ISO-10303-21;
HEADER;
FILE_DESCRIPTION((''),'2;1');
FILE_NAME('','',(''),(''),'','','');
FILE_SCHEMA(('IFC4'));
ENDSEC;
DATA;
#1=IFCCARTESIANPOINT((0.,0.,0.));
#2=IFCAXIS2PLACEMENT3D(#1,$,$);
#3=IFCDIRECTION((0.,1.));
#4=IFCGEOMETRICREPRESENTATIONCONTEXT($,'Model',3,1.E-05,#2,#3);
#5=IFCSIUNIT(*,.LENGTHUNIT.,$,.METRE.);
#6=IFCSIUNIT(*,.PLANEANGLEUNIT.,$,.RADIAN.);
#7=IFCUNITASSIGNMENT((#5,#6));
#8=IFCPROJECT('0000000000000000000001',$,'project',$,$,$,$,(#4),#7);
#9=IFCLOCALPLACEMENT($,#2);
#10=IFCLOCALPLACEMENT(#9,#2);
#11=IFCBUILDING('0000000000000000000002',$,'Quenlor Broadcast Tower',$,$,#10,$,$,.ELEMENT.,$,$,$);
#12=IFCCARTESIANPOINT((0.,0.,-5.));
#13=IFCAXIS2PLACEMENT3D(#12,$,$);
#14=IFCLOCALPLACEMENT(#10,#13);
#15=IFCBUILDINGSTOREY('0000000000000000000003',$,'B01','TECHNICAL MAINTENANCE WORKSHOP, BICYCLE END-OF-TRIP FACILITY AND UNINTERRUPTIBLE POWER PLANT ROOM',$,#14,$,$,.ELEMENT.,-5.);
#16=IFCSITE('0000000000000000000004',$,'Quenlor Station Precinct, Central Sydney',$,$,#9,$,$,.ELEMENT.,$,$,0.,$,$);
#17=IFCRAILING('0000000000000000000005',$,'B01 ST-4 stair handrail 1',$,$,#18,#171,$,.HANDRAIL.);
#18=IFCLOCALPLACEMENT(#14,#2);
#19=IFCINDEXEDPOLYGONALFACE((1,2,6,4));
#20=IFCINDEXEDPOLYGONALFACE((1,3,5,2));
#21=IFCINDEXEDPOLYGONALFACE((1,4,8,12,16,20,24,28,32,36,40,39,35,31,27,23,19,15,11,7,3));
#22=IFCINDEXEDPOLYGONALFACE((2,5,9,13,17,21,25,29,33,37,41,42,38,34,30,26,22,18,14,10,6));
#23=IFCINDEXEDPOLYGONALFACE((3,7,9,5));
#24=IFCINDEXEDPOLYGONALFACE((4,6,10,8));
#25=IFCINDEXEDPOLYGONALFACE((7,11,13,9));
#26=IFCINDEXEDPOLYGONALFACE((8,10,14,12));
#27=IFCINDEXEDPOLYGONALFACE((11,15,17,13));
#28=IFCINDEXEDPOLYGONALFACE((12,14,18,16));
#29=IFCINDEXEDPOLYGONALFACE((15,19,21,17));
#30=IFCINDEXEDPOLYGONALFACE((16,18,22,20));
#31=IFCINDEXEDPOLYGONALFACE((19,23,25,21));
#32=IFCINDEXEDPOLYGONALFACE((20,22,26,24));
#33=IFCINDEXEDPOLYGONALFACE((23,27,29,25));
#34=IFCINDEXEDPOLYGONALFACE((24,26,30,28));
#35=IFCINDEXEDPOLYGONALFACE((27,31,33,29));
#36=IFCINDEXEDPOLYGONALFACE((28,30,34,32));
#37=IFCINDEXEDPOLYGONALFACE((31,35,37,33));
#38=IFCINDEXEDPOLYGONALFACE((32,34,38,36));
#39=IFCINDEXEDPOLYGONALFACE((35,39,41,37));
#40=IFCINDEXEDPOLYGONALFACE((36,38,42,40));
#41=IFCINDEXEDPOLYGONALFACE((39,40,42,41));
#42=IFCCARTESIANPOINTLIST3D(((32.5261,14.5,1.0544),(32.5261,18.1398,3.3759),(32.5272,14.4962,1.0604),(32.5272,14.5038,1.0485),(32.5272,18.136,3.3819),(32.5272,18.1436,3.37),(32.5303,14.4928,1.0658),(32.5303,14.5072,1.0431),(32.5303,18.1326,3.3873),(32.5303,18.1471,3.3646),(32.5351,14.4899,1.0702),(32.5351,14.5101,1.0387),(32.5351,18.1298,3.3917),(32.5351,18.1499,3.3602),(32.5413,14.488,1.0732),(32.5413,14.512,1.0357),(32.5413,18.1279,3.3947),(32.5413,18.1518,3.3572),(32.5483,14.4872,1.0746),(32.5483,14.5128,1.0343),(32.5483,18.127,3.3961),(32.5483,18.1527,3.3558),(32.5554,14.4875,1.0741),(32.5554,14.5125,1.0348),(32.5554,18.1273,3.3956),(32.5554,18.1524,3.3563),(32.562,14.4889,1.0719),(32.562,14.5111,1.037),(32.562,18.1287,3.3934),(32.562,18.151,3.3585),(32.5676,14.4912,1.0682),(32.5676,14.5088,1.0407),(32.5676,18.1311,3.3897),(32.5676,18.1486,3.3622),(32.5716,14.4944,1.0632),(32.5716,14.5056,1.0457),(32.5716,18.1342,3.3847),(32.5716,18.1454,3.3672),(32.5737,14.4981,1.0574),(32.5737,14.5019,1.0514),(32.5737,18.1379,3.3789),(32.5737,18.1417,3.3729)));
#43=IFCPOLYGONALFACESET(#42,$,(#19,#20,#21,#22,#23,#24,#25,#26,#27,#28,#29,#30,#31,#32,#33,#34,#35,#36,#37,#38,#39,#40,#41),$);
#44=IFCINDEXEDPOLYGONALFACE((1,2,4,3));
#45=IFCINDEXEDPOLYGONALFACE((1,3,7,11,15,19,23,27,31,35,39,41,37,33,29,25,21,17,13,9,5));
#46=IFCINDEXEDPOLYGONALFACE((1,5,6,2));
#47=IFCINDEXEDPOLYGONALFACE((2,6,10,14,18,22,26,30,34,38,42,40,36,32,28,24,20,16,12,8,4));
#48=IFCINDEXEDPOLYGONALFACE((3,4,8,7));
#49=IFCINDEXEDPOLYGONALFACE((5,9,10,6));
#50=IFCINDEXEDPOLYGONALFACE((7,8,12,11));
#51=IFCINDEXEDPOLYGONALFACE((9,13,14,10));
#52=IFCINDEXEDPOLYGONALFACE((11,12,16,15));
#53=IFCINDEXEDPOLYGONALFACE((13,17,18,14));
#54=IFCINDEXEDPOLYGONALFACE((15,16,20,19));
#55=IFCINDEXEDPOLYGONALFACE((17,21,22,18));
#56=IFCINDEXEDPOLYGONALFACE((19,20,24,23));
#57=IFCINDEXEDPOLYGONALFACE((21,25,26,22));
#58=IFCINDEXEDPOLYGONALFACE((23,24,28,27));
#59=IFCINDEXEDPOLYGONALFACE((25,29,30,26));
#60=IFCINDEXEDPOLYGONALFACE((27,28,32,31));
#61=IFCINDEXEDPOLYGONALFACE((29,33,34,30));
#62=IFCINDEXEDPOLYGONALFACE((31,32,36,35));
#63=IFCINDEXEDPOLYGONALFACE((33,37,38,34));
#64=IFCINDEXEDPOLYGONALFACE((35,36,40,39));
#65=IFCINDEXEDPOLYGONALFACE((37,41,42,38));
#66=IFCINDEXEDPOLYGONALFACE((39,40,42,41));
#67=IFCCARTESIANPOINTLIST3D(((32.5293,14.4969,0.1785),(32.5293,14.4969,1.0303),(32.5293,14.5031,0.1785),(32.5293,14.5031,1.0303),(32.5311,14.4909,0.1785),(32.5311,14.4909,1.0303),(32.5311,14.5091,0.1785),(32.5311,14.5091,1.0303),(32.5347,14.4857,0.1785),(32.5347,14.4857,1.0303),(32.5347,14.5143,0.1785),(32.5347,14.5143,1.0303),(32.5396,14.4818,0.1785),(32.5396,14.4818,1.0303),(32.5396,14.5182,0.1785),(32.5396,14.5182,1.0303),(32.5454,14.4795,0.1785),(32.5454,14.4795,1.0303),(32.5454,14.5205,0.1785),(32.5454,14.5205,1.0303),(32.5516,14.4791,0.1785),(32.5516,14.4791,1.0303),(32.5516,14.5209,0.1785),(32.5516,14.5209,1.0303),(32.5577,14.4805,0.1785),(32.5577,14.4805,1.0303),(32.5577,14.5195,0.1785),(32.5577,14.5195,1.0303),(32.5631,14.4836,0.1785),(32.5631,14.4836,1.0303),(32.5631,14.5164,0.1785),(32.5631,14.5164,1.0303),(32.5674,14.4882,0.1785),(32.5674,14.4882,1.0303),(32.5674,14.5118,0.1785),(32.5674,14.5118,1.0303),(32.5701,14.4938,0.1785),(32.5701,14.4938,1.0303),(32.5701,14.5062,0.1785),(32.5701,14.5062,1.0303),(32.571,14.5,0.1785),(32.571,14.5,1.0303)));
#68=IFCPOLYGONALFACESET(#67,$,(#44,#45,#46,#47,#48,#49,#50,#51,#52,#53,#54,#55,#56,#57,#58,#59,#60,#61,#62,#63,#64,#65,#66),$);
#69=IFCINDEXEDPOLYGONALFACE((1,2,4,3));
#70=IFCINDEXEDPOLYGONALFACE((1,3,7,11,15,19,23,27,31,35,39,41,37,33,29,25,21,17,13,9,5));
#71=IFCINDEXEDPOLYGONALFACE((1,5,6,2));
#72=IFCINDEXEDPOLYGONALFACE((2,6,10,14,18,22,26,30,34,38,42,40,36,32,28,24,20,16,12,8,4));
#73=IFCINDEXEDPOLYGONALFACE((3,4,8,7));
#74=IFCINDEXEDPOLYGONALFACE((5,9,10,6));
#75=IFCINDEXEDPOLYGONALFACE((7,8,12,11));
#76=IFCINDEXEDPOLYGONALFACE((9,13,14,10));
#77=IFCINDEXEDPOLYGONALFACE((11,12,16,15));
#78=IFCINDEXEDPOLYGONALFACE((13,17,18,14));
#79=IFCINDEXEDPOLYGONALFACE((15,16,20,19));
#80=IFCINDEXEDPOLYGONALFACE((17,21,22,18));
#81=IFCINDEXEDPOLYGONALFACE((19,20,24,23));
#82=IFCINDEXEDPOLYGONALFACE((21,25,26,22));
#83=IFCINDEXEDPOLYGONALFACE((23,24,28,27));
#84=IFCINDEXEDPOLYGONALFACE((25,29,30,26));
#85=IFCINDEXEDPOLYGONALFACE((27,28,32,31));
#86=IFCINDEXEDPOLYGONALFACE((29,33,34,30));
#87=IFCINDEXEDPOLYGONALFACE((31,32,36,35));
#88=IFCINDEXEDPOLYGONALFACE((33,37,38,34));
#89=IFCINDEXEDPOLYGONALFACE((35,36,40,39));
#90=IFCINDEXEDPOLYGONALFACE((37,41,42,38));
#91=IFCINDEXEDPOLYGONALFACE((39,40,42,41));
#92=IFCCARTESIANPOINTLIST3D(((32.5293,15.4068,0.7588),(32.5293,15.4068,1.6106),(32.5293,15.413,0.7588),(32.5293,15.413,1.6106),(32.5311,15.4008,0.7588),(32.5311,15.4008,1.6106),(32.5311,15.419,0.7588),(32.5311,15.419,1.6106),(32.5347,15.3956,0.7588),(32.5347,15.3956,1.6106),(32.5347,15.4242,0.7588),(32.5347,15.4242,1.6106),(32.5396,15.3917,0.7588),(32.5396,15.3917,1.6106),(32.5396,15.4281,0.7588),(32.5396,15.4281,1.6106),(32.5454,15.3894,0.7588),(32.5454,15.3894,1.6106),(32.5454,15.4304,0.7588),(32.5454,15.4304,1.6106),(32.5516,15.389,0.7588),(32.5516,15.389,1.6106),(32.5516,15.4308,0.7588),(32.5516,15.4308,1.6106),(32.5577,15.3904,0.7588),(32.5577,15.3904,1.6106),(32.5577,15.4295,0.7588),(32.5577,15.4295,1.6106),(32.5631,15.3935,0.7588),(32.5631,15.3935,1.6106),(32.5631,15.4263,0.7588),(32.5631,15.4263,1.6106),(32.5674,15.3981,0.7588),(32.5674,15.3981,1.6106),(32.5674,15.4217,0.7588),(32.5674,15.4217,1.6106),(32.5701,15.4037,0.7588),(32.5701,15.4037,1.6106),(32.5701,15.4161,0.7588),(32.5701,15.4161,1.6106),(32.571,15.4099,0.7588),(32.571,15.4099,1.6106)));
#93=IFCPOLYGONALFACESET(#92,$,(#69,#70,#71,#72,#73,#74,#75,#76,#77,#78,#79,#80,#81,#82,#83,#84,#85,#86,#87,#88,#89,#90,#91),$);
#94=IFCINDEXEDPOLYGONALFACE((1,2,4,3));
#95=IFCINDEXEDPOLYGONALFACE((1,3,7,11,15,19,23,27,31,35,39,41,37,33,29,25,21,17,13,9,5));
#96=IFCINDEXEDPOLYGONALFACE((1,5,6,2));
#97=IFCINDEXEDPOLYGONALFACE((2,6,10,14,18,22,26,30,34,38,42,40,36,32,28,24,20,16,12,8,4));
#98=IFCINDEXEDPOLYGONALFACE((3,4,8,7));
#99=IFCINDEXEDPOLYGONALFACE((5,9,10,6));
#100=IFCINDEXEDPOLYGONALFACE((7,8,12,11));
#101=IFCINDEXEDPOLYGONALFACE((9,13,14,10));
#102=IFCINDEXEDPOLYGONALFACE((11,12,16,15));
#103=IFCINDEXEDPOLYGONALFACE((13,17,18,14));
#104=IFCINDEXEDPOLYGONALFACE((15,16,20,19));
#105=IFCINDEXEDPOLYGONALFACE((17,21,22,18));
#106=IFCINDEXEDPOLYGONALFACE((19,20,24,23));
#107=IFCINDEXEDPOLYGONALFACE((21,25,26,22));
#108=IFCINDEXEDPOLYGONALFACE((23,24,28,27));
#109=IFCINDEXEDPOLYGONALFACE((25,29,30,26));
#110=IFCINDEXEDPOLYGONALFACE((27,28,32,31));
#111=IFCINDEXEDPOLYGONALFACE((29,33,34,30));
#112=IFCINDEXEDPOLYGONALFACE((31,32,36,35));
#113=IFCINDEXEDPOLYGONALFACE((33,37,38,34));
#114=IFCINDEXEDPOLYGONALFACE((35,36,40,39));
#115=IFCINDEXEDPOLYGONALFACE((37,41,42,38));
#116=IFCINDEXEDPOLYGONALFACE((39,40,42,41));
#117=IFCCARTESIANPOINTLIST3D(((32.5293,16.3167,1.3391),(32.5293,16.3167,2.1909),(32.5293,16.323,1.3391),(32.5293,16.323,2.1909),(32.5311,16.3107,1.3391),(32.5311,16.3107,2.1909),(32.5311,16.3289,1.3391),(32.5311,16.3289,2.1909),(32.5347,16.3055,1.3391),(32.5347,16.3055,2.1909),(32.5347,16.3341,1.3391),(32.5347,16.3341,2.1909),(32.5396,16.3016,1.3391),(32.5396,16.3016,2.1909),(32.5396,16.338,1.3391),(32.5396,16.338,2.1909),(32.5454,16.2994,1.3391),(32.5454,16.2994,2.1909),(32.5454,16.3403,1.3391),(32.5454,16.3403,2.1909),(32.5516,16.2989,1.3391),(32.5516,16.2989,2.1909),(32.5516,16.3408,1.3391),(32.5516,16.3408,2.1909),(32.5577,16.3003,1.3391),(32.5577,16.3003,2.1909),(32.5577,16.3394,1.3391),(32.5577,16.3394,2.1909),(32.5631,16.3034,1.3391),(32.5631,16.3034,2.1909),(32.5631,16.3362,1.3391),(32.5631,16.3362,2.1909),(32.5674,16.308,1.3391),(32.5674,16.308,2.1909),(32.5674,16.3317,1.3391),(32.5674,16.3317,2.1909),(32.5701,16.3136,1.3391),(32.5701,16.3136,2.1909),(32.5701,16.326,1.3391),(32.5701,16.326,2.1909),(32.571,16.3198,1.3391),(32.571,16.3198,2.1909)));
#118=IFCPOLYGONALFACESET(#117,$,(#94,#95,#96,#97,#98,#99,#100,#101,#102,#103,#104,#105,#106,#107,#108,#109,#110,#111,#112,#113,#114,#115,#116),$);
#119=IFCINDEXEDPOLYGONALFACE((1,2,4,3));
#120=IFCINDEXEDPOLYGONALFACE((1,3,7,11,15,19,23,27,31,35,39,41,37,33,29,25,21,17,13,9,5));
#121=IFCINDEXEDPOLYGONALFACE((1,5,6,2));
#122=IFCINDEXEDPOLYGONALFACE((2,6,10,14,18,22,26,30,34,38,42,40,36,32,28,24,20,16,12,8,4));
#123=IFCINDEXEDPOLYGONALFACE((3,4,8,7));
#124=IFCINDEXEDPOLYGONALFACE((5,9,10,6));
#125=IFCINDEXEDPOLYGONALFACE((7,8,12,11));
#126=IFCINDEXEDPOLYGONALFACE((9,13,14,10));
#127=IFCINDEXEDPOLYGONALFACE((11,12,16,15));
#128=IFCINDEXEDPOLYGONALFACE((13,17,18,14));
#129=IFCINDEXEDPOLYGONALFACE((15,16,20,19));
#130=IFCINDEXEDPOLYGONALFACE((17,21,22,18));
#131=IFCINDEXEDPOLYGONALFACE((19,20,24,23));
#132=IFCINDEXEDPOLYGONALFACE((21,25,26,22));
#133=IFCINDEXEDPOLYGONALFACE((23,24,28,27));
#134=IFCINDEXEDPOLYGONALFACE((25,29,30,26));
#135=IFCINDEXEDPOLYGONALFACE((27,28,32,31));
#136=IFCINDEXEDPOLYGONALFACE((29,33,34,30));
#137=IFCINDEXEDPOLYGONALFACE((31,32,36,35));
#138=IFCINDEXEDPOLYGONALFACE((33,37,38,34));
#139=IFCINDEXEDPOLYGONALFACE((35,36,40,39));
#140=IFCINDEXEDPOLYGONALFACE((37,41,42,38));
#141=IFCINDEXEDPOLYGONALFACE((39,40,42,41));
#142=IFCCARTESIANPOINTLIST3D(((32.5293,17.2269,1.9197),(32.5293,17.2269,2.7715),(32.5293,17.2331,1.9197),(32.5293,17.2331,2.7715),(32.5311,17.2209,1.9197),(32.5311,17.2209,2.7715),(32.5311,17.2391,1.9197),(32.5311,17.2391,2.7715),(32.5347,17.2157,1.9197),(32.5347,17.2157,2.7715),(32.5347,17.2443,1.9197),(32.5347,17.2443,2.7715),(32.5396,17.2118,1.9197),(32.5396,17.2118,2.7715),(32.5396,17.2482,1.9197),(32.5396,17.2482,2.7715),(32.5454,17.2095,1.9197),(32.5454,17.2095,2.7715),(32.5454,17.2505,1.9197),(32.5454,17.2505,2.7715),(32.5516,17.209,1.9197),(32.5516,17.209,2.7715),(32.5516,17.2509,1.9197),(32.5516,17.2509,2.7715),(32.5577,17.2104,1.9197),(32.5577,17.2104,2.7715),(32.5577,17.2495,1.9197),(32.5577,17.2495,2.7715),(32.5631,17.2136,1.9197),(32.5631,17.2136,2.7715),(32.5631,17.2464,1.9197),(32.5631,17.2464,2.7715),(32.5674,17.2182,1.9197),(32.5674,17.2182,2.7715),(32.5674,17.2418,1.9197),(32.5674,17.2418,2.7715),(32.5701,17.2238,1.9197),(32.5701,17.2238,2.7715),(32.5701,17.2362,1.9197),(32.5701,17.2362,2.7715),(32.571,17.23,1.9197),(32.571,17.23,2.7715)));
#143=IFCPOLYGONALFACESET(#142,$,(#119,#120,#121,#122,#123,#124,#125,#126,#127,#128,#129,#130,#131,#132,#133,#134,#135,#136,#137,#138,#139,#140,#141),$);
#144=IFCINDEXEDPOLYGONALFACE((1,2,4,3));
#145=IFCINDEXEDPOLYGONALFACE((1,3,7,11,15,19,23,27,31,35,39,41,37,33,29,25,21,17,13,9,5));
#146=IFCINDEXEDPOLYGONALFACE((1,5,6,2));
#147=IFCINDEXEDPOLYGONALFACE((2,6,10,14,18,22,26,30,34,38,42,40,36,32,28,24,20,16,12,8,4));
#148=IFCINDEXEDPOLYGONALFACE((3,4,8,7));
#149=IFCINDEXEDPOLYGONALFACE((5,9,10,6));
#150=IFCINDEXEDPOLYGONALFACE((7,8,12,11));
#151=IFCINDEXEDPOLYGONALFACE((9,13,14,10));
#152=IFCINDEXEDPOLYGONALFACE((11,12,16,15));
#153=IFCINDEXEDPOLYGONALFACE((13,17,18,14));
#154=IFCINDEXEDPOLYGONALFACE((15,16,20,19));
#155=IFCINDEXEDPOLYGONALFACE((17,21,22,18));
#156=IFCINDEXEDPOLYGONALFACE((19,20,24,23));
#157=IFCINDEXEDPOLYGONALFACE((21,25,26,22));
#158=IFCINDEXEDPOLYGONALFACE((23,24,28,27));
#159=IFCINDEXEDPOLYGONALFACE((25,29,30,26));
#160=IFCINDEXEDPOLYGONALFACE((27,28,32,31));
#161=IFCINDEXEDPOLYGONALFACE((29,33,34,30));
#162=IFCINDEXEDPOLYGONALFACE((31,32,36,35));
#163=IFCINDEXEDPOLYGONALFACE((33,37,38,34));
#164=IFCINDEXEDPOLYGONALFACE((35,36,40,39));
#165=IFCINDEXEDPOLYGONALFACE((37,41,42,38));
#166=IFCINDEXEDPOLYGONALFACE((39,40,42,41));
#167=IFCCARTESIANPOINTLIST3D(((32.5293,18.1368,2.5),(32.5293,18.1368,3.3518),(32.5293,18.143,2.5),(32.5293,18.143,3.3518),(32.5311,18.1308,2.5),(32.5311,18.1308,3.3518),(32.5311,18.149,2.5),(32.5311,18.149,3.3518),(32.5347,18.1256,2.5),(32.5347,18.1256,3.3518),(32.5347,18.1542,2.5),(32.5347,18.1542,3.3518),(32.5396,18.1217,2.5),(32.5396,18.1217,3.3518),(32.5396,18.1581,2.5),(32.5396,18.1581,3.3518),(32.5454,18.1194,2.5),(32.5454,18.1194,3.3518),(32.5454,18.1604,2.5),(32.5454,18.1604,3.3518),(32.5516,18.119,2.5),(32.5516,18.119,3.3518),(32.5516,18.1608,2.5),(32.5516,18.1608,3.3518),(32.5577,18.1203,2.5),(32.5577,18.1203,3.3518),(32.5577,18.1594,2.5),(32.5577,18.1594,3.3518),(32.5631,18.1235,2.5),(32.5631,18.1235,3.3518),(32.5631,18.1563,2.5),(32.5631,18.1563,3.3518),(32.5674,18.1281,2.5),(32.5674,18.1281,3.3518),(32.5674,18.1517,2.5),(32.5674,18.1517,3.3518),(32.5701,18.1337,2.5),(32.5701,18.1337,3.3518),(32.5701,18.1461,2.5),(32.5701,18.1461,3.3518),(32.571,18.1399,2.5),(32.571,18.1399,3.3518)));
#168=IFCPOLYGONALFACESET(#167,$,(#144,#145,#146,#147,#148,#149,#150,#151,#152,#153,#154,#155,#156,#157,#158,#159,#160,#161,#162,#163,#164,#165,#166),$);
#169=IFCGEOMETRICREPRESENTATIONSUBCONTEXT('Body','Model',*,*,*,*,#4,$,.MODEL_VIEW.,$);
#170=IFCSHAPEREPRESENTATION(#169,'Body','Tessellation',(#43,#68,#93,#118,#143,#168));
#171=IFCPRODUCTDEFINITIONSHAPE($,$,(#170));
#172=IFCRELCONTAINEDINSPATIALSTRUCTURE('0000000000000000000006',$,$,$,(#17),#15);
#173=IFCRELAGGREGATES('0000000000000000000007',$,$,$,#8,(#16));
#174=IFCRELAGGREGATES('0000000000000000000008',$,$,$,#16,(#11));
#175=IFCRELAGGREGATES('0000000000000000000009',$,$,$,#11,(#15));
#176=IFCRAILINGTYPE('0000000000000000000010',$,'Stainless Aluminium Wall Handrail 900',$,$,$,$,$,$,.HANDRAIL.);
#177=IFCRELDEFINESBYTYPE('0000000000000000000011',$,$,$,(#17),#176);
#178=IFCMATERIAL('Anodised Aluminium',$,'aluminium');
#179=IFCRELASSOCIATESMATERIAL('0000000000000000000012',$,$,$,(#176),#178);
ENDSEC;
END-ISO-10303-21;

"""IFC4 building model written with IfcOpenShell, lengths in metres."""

from ifc_helpers import new_model, si_unit, direction, frame, origin, origin_2d, place, context, subcontext, project, spatial, circle, extrude, material, type_object, element, save


model = new_model("IFC4")

# Units and contexts
model_context = context("Model", 3, precision=1e-05, world=origin(), true_north=direction((0.0, 1.0)))
body_context = subcontext(model_context, "Body", "Model", "MODEL_VIEW")
ifc_project = project(units=[si_unit("LENGTHUNIT", "METRE"), si_unit("PLANEANGLEUNIT", "RADIAN")], contexts=[model_context])

# Site, building, storey
site_placement = place(None, origin())
site = spatial("IfcSite", under=ifc_project, at=site_placement, Name="Quenlor Station Precinct, Central Sydney", CompositionType="ELEMENT", RefElevation=0.0)
building_placement = place(site_placement, origin())
building = spatial("IfcBuilding", under=site, at=building_placement, Name="Quenlor Broadcast Tower", CompositionType="ELEMENT")
storey_placement = place(building_placement, frame((0.0, 0.0, -5.0)))
storey = spatial("IfcBuildingStorey", under=building, at=storey_placement, Name="B01", Description="TECHNICAL MAINTENANCE WORKSHOP, BICYCLE END-OF-TRIP FACILITY AND UNINTERRUPTIBLE POWER PLANT ROOM", CompositionType="ELEMENT", Elevation=-5.0)

# Railing
ifc_material_1 = material(Name="Anodised Aluminium", Category="aluminium")
railing_type_1 = type_object("IfcRailingType", Name="Stainless Aluminium Wall Handrail 900", PredefinedType="HANDRAIL", material=ifc_material_1)
railing_1_placement = place(storey_placement, frame((32.55, 14.5, 0.1785)))
element("IfcRailing", 1, at=railing_1_placement, inside=storey, type_object=railing_type_1, Name="B01 ST-4 stair handrail 1", PredefinedType="HANDRAIL", context=body_context, shape_type="SweptSolid", body=[
    extrude(circle(Radius=0.0239, at=origin_2d()), frame((0.0, 0.0, 0.876), z_axis=(0.0, 0.843112, 0.537739), x_axis=(-1.0, 0.0, 0.0)), (0.0, 0.0, 1.0), 4.3171),
    extrude(circle(Radius=0.021, at=origin_2d()), origin(), (0.0, 0.0, 1.0), 0.8518),
    extrude(circle(Radius=0.021, at=origin_2d()), frame((0.0, 0.9099, 0.5803)), (0.0, 0.0, 1.0), 0.8518),
    extrude(circle(Radius=0.021, at=origin_2d()), frame((0.0, 1.8198, 1.1606)), (0.0, 0.0, 1.0), 0.8518),
    extrude(circle(Radius=0.021, at=origin_2d()), frame((0.0, 2.73, 1.7412)), (0.0, 0.0, 1.0), 0.8518),
    extrude(circle(Radius=0.021, at=origin_2d()), frame((0.0, 3.6399, 2.3215)), (0.0, 0.0, 1.0), 0.8518),
])

save(model, "model.ifc")
